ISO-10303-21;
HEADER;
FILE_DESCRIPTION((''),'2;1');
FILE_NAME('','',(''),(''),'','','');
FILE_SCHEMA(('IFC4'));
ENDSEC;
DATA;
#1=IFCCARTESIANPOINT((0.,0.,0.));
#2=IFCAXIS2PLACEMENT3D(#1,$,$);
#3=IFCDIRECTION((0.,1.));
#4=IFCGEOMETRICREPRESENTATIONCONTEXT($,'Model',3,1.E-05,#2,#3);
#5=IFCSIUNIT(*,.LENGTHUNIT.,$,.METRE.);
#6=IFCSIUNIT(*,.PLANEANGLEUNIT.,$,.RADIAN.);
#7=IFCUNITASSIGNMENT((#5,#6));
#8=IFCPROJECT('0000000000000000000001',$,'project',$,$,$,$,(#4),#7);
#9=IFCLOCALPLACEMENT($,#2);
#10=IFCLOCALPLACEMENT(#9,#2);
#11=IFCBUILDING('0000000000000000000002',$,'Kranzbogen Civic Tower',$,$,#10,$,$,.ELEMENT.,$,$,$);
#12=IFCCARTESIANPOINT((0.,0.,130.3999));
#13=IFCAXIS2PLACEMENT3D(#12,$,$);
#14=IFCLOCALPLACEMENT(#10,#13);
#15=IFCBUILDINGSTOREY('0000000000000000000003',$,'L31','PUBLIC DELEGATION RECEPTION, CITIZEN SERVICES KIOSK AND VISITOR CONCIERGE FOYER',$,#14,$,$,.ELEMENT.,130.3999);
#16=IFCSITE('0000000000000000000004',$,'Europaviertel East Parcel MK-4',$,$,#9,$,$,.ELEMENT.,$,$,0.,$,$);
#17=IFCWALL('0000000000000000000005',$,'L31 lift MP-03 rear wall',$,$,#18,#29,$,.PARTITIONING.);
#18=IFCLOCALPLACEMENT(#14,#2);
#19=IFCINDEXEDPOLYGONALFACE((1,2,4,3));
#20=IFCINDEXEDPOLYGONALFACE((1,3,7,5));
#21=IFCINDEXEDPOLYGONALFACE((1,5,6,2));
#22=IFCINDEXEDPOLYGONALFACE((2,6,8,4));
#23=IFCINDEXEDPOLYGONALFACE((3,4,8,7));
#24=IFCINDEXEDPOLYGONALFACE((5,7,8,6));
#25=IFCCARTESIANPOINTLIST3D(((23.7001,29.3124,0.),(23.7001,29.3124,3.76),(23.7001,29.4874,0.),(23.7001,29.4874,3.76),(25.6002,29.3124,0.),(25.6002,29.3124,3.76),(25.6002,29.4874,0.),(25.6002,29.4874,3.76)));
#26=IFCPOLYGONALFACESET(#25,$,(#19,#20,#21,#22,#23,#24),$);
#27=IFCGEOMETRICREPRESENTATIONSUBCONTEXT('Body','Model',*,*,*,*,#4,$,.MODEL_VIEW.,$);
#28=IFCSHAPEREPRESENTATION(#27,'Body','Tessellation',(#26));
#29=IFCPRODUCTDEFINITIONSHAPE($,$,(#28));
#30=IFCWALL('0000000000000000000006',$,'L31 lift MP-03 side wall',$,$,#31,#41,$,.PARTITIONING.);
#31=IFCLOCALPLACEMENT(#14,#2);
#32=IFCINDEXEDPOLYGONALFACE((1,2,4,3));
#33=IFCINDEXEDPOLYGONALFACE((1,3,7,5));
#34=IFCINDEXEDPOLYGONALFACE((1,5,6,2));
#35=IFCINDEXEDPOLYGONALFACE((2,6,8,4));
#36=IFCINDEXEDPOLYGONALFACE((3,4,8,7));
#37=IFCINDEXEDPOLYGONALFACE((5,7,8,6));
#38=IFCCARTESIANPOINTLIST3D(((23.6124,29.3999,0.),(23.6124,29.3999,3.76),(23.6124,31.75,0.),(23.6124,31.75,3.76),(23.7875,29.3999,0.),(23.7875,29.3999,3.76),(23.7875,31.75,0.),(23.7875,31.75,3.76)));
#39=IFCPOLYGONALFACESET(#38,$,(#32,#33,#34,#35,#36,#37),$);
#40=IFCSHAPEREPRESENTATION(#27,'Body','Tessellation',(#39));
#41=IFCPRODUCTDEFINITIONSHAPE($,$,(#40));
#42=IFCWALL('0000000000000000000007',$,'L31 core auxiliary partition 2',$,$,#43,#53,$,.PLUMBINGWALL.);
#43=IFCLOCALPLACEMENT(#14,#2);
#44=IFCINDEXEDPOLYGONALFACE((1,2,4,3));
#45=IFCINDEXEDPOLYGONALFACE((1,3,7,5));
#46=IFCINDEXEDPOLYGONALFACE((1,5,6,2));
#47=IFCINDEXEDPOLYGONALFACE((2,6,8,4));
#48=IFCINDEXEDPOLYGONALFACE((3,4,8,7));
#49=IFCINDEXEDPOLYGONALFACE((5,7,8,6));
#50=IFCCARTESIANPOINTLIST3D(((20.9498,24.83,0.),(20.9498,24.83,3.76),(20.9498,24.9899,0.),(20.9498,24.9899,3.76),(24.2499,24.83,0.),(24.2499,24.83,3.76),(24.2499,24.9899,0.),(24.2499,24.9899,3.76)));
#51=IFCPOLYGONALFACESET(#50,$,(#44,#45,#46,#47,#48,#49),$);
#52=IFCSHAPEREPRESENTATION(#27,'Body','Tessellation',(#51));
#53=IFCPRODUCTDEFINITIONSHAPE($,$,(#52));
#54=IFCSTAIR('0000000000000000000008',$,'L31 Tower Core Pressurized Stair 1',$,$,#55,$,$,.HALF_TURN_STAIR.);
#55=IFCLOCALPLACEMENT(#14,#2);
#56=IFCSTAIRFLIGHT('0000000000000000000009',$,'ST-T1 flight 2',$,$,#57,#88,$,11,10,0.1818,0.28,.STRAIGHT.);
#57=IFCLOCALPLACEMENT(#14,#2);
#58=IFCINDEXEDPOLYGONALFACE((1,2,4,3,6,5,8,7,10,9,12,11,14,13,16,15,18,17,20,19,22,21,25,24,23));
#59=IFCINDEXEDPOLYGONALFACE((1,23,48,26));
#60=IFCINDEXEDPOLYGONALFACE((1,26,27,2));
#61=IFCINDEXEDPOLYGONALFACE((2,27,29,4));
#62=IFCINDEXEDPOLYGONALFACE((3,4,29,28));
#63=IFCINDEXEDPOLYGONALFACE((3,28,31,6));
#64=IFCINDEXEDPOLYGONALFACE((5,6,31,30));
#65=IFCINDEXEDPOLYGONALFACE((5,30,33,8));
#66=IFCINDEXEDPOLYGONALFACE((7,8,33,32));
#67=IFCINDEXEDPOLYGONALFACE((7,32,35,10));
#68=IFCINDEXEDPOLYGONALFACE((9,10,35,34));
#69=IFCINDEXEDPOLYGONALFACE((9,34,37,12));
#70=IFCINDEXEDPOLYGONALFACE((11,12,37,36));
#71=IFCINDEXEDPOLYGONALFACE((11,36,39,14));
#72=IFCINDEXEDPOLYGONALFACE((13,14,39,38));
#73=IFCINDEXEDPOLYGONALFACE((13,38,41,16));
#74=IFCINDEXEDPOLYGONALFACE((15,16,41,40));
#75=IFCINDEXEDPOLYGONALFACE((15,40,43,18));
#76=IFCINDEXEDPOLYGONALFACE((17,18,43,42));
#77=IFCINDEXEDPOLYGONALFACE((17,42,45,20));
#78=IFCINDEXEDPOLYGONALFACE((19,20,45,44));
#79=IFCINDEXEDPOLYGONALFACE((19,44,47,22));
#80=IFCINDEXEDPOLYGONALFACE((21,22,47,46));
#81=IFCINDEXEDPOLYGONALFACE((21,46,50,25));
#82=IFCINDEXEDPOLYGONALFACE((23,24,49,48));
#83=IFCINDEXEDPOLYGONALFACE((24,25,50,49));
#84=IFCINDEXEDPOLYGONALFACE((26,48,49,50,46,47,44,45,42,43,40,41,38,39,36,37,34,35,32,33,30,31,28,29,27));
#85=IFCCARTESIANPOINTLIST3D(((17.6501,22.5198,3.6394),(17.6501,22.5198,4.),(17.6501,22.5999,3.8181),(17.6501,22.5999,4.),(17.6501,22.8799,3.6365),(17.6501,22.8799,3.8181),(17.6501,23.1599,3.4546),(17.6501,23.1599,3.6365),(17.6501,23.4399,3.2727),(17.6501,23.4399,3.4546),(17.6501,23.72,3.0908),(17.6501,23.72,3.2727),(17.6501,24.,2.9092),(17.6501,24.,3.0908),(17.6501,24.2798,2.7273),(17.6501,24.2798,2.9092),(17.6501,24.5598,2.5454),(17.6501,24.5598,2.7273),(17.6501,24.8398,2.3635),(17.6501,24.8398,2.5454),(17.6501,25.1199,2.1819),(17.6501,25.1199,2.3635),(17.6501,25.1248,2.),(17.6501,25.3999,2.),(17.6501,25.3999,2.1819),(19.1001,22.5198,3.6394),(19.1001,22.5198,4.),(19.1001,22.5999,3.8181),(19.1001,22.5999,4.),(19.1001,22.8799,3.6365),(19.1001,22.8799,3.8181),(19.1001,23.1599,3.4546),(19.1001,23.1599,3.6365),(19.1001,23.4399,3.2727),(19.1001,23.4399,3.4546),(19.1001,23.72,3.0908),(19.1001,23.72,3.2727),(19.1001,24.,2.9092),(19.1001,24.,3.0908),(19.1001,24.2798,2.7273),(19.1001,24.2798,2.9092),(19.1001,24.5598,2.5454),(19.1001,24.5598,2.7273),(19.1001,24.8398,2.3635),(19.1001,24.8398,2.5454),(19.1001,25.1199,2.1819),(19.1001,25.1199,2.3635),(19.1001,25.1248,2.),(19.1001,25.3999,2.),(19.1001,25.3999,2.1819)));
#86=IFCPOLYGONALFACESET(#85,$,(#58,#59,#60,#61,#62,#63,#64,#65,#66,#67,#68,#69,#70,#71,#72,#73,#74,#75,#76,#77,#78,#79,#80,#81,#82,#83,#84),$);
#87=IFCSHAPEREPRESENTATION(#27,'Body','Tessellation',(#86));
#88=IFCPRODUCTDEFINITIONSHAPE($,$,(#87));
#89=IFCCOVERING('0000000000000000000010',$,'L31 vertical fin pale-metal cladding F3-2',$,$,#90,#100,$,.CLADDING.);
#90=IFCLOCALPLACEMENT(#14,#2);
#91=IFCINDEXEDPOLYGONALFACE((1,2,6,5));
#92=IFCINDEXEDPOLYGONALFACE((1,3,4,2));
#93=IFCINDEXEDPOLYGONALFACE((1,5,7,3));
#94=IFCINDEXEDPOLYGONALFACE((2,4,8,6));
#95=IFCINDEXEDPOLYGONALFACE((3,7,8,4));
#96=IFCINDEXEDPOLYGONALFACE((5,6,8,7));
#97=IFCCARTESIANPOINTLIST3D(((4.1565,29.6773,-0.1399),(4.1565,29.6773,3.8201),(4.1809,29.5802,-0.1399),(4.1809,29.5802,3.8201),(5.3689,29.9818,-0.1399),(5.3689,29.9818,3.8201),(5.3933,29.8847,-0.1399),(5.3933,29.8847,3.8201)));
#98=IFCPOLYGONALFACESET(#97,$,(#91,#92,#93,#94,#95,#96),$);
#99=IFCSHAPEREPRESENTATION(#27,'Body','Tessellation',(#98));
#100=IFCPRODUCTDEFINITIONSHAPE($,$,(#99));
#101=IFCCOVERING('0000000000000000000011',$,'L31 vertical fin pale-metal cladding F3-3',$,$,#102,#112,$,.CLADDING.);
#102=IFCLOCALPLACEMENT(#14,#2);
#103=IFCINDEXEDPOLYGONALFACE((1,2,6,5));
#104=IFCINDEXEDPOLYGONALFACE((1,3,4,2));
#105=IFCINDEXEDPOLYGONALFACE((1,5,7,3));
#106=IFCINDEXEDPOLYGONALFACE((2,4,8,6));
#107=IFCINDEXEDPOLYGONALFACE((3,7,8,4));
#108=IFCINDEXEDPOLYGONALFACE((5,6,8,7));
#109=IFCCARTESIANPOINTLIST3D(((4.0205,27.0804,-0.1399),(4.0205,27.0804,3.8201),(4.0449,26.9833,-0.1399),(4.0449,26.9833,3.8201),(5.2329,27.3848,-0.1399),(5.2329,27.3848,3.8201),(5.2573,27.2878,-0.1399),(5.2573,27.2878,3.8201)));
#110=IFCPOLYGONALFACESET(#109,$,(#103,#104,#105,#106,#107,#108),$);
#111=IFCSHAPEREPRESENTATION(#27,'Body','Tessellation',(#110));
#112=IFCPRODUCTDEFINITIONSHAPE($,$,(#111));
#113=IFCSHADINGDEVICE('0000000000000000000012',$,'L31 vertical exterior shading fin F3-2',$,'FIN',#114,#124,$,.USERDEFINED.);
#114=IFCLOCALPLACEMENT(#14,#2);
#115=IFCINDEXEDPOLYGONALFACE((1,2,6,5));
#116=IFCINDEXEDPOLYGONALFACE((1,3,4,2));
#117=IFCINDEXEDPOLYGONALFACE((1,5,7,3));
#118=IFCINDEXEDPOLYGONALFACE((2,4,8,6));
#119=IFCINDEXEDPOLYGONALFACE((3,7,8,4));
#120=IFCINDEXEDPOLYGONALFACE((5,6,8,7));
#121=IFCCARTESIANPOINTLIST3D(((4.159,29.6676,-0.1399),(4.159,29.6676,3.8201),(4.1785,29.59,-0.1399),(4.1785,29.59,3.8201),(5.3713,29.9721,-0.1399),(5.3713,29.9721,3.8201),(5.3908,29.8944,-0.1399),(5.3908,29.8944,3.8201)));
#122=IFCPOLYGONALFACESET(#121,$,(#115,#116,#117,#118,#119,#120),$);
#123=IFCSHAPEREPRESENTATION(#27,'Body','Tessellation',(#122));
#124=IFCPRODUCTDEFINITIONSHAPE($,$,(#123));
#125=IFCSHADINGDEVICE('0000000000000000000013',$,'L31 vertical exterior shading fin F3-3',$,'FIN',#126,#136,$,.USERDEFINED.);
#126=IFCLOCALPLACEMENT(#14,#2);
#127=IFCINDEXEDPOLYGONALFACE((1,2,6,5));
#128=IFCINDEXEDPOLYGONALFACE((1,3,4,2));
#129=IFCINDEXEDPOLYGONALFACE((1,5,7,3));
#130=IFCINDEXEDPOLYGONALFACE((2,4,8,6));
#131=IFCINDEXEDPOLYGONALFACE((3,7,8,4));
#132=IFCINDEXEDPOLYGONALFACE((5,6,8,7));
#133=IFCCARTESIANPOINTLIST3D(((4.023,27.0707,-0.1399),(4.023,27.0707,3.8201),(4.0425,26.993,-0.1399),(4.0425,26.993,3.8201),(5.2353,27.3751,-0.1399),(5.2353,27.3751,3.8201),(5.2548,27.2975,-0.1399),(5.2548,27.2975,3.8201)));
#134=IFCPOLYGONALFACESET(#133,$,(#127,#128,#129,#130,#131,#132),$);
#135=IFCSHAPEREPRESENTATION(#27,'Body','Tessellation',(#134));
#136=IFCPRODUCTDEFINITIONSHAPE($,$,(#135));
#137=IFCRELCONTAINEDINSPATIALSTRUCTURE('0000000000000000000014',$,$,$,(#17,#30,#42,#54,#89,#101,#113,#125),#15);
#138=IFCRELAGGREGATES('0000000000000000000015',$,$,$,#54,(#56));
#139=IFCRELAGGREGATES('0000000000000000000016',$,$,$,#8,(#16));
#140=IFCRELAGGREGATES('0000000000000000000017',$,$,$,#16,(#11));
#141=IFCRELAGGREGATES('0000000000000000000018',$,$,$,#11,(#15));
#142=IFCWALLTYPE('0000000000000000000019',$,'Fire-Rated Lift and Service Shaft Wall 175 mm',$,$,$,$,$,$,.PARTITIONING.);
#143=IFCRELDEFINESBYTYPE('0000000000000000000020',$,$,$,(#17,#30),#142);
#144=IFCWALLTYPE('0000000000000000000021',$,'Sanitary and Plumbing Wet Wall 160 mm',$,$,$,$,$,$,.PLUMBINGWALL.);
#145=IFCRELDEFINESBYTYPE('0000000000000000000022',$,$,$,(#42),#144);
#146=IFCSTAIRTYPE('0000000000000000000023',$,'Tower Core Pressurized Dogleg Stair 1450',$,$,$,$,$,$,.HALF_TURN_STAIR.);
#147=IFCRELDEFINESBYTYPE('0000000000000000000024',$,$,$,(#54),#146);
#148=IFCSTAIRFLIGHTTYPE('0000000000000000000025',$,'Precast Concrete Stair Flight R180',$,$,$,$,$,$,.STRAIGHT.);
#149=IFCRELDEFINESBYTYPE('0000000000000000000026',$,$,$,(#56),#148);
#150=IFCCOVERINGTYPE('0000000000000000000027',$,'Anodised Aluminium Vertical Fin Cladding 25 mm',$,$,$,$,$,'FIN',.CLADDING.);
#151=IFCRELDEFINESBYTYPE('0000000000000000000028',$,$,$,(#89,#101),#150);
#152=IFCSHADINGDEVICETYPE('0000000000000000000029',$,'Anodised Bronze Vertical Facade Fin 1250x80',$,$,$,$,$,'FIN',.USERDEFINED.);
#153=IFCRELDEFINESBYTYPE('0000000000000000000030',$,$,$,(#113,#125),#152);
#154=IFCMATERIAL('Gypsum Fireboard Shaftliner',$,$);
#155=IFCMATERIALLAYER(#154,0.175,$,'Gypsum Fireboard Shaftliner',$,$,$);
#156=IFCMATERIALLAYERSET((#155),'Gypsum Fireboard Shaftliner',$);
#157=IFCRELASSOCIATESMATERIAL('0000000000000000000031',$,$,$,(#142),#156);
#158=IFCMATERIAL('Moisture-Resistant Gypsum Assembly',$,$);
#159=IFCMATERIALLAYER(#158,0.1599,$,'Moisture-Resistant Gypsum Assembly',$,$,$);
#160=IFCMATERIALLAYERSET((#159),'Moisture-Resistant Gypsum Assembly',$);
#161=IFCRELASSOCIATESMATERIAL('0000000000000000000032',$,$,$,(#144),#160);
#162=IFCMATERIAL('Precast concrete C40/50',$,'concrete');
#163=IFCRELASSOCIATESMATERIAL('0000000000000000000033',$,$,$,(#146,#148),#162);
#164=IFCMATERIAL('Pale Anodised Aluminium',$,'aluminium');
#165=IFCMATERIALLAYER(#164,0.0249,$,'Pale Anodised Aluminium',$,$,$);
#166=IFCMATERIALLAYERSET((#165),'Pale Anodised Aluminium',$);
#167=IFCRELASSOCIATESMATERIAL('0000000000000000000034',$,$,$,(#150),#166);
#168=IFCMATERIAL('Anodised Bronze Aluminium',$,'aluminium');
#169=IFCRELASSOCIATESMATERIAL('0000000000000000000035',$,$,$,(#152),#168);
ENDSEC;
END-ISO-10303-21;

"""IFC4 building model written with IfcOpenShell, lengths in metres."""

from ifc_helpers import new_model, si_unit, direction, frame, frame_2d, origin, origin_2d, place, context, subcontext, project, spatial, polyline, rectangle, outline, extrude, material, layer, layer_set, type_object, element, aggregate, save


model = new_model("IFC4")

# Units and contexts
model_context = context("Model", 3, precision=1e-05, world=origin(), true_north=direction((0.0, 1.0)))
body_context = subcontext(model_context, "Body", "Model", "MODEL_VIEW")
ifc_project = project(units=[si_unit("LENGTHUNIT", "METRE"), si_unit("PLANEANGLEUNIT", "RADIAN")], contexts=[model_context])

# Site, building, storey
site_placement = place(None, origin())
site = spatial("IfcSite", under=ifc_project, at=site_placement, Name="Europaviertel East Parcel MK-4", CompositionType="ELEMENT", RefElevation=0.0)
building_placement = place(site_placement, origin())
building = spatial("IfcBuilding", under=site, at=building_placement, Name="Kranzbogen Civic Tower", CompositionType="ELEMENT")
storey_placement = place(building_placement, frame((0.0, 0.0, 130.3999)))
storey = spatial("IfcBuildingStorey", under=building, at=storey_placement, Name="L31", Description="PUBLIC DELEGATION RECEPTION, CITIZEN SERVICES KIOSK AND VISITOR CONCIERGE FOYER", CompositionType="ELEMENT", Elevation=130.3999)

# Shared definitions
ifc_material_1 = material(Name="Pale Anodised Aluminium", Category="aluminium")

# Walls
ifc_material_2 = material(Name="Gypsum Fireboard Shaftliner")
ifc_layer_1 = layer(ifc_material_2, 0.175, Name="Gypsum Fireboard Shaftliner")
ifc_layer_set_1 = layer_set([ifc_layer_1], Name="Gypsum Fireboard Shaftliner")
wall_type_1 = type_object("IfcWallType", Name="Fire-Rated Lift and Service Shaft Wall 175 mm", PredefinedType="PARTITIONING", material=ifc_layer_set_1)
wall_1_placement = place(storey_placement, frame((23.7, 29.3999, 0.0), z_axis=(0.0, 0.0, 1.0), x_axis=(1.0, 0.0, 0.0)))
element("IfcWall", 1, at=wall_1_placement, inside=storey, type_object=wall_type_1, Name="L31 lift MP-03 rear wall", PredefinedType="PARTITIONING", context=body_context, shape_type="SweptSolid", body=[
    extrude(rectangle(XDim=1.9001, YDim=0.175, at=frame_2d((0.9502, 0.0))), origin(), (0.0, 0.0, 1.0), 3.76),
])
wall_2_placement = place(storey_placement, frame((23.7, 29.3999, 0.0), z_axis=(0.0, 0.0, 1.0), x_axis=(0.0, 1.0, 0.0)))
element("IfcWall", 2, at=wall_2_placement, inside=storey, type_object=wall_type_1, Name="L31 lift MP-03 side wall", PredefinedType="PARTITIONING", context=body_context, shape_type="SweptSolid", body=[
    extrude(rectangle(XDim=2.3501, YDim=0.175, at=frame_2d((1.175, 0.0))), origin(), (0.0, 0.0, 1.0), 3.76),
])
ifc_material_3 = material(Name="Moisture-Resistant Gypsum Assembly")
ifc_layer_2 = layer(ifc_material_3, 0.1599, Name="Moisture-Resistant Gypsum Assembly")
ifc_layer_set_2 = layer_set([ifc_layer_2], Name="Moisture-Resistant Gypsum Assembly")
wall_type_2 = type_object("IfcWallType", Name="Sanitary and Plumbing Wet Wall 160 mm", PredefinedType="PLUMBINGWALL", material=ifc_layer_set_2)
wall_3_placement = place(storey_placement, frame((20.95, 24.9099, 0.0), z_axis=(0.0, 0.0, 1.0), x_axis=(1.0, 0.0, 0.0)))
element("IfcWall", 3, at=wall_3_placement, inside=storey, type_object=wall_type_2, Name="L31 core auxiliary partition 2", PredefinedType="PLUMBINGWALL", context=body_context, shape_type="SweptSolid", body=[
    extrude(rectangle(XDim=3.3, YDim=0.1599, at=frame_2d((1.6499, 0.0))), origin(), (0.0, 0.0, 1.0), 3.76),
])

# Stair, stair flight
ifc_material_4 = material(Name="Precast concrete C40/50", Category="concrete")
stair_type = type_object("IfcStairType", Name="Tower Core Pressurized Dogleg Stair 1450", PredefinedType="HALF_TURN_STAIR", material=ifc_material_4)
stair_placement = place(storey_placement, origin())
stair = element("IfcStair", 4, at=stair_placement, inside=storey, type_object=stair_type, Name="L31 Tower Core Pressurized Stair 1", PredefinedType="HALF_TURN_STAIR")
stair_flight_type = type_object("IfcStairFlightType", Name="Precast Concrete Stair Flight R180", PredefinedType="STRAIGHT", material=ifc_material_4)
stair_flight_placement = place(storey_placement, frame((18.375, 25.3999, 2.0), z_axis=(0.0, 0.0, 1.0), x_axis=(0.0, -1.0, 0.0)))
stair_flight = element("IfcStairFlight", 5, at=stair_flight_placement, type_object=stair_flight_type, Name="ST-T1 flight 2", NumberOfRisers=11, NumberOfTreads=10, PredefinedType="STRAIGHT", RiserHeight=0.1818, TreadLength=0.28, context=body_context, shape_type="SweptSolid", body=[
    extrude(outline(polyline([(0.0, 0.0), (0.0, 0.1819), (0.28, 0.1819), (0.28, 0.3635), (0.5601, 0.3635), (0.5601, 0.5454), (0.8401, 0.5454), (0.8401, 0.7273), (1.1201, 0.7273), (1.1201, 0.9092), (1.3999, 0.9092), (1.3999, 1.0908), (1.6799, 1.0908), (1.6799, 1.2727), (1.96, 1.2727), (1.96, 1.4546), (2.24, 1.4546), (2.24, 1.6365), (2.52, 1.6365), (2.52, 1.8181), (2.8, 1.8181), (2.8, 2.0), (2.8801, 2.0), (2.8801, 1.6394), (0.2751, 0.0), (0.0, 0.0)])), frame((0.0, 0.7251, 0.0), z_axis=(0.0, -1.0, 0.0), x_axis=(1.0, 0.0, 0.0)), (0.0, 0.0, 1.0), 1.45),
])
aggregate(stair, [stair_flight])

# Coverings
ifc_layer_3 = layer(ifc_material_1, 0.0249, Name="Pale Anodised Aluminium")
ifc_layer_set_3 = layer_set([ifc_layer_3], Name="Pale Anodised Aluminium")
covering_type = type_object("IfcCoveringType", Name="Anodised Aluminium Vertical Fin Cladding 25 mm", ElementType="FIN", PredefinedType="CLADDING", material=ifc_layer_set_3)
for number, where, z_axis, x_axis, name in (
    (6, (4.7749, 29.781, -0.1399), (0.0, 0.0, 1.0), (-0.969889, -0.243547, 0.0), "L31 vertical fin pale-metal cladding F3-2"),
    (7, (4.6389, 27.1841, -0.1399), (0.0, 0.0, 1.0), (-0.969889, -0.243547, 0.0), "L31 vertical fin pale-metal cladding F3-3"),
):
    element("IfcCovering", number, at=place(storey_placement, frame(where, z_axis=z_axis, x_axis=x_axis)), inside=storey, type_object=covering_type, Name=name, PredefinedType="CLADDING", context=body_context, shape_type="SweptSolid", body=[
        extrude(rectangle(XDim=1.25, YDim=0.1001, at=origin_2d()), origin(), (0.0, 0.0, 1.0), 3.96),
    ])

# Shading devices
ifc_material_5 = material(Name="Anodised Bronze Aluminium", Category="aluminium")
shading_device_type = type_object("IfcShadingDeviceType", Name="Anodised Bronze Vertical Facade Fin 1250x80", ElementType="FIN", PredefinedType="USERDEFINED", material=ifc_material_5)
for number, where, z_axis, x_axis, name in (
    (8, (4.7749, 29.781, -0.1399), (0.0, 0.0, 1.0), (-0.969889, -0.243547, 0.0), "L31 vertical exterior shading fin F3-2"),
    (9, (4.6389, 27.1841, -0.1399), (0.0, 0.0, 1.0), (-0.969889, -0.243547, 0.0), "L31 vertical exterior shading fin F3-3"),
):
    element("IfcShadingDevice", number, at=place(storey_placement, frame(where, z_axis=z_axis, x_axis=x_axis)), inside=storey, type_object=shading_device_type, Name=name, ObjectType="FIN", PredefinedType="USERDEFINED", context=body_context, shape_type="SweptSolid", body=[
        extrude(rectangle(XDim=1.25, YDim=0.0801, at=origin_2d()), origin(), (0.0, 0.0, 1.0), 3.96),
    ])

save(model, "model.ifc")
